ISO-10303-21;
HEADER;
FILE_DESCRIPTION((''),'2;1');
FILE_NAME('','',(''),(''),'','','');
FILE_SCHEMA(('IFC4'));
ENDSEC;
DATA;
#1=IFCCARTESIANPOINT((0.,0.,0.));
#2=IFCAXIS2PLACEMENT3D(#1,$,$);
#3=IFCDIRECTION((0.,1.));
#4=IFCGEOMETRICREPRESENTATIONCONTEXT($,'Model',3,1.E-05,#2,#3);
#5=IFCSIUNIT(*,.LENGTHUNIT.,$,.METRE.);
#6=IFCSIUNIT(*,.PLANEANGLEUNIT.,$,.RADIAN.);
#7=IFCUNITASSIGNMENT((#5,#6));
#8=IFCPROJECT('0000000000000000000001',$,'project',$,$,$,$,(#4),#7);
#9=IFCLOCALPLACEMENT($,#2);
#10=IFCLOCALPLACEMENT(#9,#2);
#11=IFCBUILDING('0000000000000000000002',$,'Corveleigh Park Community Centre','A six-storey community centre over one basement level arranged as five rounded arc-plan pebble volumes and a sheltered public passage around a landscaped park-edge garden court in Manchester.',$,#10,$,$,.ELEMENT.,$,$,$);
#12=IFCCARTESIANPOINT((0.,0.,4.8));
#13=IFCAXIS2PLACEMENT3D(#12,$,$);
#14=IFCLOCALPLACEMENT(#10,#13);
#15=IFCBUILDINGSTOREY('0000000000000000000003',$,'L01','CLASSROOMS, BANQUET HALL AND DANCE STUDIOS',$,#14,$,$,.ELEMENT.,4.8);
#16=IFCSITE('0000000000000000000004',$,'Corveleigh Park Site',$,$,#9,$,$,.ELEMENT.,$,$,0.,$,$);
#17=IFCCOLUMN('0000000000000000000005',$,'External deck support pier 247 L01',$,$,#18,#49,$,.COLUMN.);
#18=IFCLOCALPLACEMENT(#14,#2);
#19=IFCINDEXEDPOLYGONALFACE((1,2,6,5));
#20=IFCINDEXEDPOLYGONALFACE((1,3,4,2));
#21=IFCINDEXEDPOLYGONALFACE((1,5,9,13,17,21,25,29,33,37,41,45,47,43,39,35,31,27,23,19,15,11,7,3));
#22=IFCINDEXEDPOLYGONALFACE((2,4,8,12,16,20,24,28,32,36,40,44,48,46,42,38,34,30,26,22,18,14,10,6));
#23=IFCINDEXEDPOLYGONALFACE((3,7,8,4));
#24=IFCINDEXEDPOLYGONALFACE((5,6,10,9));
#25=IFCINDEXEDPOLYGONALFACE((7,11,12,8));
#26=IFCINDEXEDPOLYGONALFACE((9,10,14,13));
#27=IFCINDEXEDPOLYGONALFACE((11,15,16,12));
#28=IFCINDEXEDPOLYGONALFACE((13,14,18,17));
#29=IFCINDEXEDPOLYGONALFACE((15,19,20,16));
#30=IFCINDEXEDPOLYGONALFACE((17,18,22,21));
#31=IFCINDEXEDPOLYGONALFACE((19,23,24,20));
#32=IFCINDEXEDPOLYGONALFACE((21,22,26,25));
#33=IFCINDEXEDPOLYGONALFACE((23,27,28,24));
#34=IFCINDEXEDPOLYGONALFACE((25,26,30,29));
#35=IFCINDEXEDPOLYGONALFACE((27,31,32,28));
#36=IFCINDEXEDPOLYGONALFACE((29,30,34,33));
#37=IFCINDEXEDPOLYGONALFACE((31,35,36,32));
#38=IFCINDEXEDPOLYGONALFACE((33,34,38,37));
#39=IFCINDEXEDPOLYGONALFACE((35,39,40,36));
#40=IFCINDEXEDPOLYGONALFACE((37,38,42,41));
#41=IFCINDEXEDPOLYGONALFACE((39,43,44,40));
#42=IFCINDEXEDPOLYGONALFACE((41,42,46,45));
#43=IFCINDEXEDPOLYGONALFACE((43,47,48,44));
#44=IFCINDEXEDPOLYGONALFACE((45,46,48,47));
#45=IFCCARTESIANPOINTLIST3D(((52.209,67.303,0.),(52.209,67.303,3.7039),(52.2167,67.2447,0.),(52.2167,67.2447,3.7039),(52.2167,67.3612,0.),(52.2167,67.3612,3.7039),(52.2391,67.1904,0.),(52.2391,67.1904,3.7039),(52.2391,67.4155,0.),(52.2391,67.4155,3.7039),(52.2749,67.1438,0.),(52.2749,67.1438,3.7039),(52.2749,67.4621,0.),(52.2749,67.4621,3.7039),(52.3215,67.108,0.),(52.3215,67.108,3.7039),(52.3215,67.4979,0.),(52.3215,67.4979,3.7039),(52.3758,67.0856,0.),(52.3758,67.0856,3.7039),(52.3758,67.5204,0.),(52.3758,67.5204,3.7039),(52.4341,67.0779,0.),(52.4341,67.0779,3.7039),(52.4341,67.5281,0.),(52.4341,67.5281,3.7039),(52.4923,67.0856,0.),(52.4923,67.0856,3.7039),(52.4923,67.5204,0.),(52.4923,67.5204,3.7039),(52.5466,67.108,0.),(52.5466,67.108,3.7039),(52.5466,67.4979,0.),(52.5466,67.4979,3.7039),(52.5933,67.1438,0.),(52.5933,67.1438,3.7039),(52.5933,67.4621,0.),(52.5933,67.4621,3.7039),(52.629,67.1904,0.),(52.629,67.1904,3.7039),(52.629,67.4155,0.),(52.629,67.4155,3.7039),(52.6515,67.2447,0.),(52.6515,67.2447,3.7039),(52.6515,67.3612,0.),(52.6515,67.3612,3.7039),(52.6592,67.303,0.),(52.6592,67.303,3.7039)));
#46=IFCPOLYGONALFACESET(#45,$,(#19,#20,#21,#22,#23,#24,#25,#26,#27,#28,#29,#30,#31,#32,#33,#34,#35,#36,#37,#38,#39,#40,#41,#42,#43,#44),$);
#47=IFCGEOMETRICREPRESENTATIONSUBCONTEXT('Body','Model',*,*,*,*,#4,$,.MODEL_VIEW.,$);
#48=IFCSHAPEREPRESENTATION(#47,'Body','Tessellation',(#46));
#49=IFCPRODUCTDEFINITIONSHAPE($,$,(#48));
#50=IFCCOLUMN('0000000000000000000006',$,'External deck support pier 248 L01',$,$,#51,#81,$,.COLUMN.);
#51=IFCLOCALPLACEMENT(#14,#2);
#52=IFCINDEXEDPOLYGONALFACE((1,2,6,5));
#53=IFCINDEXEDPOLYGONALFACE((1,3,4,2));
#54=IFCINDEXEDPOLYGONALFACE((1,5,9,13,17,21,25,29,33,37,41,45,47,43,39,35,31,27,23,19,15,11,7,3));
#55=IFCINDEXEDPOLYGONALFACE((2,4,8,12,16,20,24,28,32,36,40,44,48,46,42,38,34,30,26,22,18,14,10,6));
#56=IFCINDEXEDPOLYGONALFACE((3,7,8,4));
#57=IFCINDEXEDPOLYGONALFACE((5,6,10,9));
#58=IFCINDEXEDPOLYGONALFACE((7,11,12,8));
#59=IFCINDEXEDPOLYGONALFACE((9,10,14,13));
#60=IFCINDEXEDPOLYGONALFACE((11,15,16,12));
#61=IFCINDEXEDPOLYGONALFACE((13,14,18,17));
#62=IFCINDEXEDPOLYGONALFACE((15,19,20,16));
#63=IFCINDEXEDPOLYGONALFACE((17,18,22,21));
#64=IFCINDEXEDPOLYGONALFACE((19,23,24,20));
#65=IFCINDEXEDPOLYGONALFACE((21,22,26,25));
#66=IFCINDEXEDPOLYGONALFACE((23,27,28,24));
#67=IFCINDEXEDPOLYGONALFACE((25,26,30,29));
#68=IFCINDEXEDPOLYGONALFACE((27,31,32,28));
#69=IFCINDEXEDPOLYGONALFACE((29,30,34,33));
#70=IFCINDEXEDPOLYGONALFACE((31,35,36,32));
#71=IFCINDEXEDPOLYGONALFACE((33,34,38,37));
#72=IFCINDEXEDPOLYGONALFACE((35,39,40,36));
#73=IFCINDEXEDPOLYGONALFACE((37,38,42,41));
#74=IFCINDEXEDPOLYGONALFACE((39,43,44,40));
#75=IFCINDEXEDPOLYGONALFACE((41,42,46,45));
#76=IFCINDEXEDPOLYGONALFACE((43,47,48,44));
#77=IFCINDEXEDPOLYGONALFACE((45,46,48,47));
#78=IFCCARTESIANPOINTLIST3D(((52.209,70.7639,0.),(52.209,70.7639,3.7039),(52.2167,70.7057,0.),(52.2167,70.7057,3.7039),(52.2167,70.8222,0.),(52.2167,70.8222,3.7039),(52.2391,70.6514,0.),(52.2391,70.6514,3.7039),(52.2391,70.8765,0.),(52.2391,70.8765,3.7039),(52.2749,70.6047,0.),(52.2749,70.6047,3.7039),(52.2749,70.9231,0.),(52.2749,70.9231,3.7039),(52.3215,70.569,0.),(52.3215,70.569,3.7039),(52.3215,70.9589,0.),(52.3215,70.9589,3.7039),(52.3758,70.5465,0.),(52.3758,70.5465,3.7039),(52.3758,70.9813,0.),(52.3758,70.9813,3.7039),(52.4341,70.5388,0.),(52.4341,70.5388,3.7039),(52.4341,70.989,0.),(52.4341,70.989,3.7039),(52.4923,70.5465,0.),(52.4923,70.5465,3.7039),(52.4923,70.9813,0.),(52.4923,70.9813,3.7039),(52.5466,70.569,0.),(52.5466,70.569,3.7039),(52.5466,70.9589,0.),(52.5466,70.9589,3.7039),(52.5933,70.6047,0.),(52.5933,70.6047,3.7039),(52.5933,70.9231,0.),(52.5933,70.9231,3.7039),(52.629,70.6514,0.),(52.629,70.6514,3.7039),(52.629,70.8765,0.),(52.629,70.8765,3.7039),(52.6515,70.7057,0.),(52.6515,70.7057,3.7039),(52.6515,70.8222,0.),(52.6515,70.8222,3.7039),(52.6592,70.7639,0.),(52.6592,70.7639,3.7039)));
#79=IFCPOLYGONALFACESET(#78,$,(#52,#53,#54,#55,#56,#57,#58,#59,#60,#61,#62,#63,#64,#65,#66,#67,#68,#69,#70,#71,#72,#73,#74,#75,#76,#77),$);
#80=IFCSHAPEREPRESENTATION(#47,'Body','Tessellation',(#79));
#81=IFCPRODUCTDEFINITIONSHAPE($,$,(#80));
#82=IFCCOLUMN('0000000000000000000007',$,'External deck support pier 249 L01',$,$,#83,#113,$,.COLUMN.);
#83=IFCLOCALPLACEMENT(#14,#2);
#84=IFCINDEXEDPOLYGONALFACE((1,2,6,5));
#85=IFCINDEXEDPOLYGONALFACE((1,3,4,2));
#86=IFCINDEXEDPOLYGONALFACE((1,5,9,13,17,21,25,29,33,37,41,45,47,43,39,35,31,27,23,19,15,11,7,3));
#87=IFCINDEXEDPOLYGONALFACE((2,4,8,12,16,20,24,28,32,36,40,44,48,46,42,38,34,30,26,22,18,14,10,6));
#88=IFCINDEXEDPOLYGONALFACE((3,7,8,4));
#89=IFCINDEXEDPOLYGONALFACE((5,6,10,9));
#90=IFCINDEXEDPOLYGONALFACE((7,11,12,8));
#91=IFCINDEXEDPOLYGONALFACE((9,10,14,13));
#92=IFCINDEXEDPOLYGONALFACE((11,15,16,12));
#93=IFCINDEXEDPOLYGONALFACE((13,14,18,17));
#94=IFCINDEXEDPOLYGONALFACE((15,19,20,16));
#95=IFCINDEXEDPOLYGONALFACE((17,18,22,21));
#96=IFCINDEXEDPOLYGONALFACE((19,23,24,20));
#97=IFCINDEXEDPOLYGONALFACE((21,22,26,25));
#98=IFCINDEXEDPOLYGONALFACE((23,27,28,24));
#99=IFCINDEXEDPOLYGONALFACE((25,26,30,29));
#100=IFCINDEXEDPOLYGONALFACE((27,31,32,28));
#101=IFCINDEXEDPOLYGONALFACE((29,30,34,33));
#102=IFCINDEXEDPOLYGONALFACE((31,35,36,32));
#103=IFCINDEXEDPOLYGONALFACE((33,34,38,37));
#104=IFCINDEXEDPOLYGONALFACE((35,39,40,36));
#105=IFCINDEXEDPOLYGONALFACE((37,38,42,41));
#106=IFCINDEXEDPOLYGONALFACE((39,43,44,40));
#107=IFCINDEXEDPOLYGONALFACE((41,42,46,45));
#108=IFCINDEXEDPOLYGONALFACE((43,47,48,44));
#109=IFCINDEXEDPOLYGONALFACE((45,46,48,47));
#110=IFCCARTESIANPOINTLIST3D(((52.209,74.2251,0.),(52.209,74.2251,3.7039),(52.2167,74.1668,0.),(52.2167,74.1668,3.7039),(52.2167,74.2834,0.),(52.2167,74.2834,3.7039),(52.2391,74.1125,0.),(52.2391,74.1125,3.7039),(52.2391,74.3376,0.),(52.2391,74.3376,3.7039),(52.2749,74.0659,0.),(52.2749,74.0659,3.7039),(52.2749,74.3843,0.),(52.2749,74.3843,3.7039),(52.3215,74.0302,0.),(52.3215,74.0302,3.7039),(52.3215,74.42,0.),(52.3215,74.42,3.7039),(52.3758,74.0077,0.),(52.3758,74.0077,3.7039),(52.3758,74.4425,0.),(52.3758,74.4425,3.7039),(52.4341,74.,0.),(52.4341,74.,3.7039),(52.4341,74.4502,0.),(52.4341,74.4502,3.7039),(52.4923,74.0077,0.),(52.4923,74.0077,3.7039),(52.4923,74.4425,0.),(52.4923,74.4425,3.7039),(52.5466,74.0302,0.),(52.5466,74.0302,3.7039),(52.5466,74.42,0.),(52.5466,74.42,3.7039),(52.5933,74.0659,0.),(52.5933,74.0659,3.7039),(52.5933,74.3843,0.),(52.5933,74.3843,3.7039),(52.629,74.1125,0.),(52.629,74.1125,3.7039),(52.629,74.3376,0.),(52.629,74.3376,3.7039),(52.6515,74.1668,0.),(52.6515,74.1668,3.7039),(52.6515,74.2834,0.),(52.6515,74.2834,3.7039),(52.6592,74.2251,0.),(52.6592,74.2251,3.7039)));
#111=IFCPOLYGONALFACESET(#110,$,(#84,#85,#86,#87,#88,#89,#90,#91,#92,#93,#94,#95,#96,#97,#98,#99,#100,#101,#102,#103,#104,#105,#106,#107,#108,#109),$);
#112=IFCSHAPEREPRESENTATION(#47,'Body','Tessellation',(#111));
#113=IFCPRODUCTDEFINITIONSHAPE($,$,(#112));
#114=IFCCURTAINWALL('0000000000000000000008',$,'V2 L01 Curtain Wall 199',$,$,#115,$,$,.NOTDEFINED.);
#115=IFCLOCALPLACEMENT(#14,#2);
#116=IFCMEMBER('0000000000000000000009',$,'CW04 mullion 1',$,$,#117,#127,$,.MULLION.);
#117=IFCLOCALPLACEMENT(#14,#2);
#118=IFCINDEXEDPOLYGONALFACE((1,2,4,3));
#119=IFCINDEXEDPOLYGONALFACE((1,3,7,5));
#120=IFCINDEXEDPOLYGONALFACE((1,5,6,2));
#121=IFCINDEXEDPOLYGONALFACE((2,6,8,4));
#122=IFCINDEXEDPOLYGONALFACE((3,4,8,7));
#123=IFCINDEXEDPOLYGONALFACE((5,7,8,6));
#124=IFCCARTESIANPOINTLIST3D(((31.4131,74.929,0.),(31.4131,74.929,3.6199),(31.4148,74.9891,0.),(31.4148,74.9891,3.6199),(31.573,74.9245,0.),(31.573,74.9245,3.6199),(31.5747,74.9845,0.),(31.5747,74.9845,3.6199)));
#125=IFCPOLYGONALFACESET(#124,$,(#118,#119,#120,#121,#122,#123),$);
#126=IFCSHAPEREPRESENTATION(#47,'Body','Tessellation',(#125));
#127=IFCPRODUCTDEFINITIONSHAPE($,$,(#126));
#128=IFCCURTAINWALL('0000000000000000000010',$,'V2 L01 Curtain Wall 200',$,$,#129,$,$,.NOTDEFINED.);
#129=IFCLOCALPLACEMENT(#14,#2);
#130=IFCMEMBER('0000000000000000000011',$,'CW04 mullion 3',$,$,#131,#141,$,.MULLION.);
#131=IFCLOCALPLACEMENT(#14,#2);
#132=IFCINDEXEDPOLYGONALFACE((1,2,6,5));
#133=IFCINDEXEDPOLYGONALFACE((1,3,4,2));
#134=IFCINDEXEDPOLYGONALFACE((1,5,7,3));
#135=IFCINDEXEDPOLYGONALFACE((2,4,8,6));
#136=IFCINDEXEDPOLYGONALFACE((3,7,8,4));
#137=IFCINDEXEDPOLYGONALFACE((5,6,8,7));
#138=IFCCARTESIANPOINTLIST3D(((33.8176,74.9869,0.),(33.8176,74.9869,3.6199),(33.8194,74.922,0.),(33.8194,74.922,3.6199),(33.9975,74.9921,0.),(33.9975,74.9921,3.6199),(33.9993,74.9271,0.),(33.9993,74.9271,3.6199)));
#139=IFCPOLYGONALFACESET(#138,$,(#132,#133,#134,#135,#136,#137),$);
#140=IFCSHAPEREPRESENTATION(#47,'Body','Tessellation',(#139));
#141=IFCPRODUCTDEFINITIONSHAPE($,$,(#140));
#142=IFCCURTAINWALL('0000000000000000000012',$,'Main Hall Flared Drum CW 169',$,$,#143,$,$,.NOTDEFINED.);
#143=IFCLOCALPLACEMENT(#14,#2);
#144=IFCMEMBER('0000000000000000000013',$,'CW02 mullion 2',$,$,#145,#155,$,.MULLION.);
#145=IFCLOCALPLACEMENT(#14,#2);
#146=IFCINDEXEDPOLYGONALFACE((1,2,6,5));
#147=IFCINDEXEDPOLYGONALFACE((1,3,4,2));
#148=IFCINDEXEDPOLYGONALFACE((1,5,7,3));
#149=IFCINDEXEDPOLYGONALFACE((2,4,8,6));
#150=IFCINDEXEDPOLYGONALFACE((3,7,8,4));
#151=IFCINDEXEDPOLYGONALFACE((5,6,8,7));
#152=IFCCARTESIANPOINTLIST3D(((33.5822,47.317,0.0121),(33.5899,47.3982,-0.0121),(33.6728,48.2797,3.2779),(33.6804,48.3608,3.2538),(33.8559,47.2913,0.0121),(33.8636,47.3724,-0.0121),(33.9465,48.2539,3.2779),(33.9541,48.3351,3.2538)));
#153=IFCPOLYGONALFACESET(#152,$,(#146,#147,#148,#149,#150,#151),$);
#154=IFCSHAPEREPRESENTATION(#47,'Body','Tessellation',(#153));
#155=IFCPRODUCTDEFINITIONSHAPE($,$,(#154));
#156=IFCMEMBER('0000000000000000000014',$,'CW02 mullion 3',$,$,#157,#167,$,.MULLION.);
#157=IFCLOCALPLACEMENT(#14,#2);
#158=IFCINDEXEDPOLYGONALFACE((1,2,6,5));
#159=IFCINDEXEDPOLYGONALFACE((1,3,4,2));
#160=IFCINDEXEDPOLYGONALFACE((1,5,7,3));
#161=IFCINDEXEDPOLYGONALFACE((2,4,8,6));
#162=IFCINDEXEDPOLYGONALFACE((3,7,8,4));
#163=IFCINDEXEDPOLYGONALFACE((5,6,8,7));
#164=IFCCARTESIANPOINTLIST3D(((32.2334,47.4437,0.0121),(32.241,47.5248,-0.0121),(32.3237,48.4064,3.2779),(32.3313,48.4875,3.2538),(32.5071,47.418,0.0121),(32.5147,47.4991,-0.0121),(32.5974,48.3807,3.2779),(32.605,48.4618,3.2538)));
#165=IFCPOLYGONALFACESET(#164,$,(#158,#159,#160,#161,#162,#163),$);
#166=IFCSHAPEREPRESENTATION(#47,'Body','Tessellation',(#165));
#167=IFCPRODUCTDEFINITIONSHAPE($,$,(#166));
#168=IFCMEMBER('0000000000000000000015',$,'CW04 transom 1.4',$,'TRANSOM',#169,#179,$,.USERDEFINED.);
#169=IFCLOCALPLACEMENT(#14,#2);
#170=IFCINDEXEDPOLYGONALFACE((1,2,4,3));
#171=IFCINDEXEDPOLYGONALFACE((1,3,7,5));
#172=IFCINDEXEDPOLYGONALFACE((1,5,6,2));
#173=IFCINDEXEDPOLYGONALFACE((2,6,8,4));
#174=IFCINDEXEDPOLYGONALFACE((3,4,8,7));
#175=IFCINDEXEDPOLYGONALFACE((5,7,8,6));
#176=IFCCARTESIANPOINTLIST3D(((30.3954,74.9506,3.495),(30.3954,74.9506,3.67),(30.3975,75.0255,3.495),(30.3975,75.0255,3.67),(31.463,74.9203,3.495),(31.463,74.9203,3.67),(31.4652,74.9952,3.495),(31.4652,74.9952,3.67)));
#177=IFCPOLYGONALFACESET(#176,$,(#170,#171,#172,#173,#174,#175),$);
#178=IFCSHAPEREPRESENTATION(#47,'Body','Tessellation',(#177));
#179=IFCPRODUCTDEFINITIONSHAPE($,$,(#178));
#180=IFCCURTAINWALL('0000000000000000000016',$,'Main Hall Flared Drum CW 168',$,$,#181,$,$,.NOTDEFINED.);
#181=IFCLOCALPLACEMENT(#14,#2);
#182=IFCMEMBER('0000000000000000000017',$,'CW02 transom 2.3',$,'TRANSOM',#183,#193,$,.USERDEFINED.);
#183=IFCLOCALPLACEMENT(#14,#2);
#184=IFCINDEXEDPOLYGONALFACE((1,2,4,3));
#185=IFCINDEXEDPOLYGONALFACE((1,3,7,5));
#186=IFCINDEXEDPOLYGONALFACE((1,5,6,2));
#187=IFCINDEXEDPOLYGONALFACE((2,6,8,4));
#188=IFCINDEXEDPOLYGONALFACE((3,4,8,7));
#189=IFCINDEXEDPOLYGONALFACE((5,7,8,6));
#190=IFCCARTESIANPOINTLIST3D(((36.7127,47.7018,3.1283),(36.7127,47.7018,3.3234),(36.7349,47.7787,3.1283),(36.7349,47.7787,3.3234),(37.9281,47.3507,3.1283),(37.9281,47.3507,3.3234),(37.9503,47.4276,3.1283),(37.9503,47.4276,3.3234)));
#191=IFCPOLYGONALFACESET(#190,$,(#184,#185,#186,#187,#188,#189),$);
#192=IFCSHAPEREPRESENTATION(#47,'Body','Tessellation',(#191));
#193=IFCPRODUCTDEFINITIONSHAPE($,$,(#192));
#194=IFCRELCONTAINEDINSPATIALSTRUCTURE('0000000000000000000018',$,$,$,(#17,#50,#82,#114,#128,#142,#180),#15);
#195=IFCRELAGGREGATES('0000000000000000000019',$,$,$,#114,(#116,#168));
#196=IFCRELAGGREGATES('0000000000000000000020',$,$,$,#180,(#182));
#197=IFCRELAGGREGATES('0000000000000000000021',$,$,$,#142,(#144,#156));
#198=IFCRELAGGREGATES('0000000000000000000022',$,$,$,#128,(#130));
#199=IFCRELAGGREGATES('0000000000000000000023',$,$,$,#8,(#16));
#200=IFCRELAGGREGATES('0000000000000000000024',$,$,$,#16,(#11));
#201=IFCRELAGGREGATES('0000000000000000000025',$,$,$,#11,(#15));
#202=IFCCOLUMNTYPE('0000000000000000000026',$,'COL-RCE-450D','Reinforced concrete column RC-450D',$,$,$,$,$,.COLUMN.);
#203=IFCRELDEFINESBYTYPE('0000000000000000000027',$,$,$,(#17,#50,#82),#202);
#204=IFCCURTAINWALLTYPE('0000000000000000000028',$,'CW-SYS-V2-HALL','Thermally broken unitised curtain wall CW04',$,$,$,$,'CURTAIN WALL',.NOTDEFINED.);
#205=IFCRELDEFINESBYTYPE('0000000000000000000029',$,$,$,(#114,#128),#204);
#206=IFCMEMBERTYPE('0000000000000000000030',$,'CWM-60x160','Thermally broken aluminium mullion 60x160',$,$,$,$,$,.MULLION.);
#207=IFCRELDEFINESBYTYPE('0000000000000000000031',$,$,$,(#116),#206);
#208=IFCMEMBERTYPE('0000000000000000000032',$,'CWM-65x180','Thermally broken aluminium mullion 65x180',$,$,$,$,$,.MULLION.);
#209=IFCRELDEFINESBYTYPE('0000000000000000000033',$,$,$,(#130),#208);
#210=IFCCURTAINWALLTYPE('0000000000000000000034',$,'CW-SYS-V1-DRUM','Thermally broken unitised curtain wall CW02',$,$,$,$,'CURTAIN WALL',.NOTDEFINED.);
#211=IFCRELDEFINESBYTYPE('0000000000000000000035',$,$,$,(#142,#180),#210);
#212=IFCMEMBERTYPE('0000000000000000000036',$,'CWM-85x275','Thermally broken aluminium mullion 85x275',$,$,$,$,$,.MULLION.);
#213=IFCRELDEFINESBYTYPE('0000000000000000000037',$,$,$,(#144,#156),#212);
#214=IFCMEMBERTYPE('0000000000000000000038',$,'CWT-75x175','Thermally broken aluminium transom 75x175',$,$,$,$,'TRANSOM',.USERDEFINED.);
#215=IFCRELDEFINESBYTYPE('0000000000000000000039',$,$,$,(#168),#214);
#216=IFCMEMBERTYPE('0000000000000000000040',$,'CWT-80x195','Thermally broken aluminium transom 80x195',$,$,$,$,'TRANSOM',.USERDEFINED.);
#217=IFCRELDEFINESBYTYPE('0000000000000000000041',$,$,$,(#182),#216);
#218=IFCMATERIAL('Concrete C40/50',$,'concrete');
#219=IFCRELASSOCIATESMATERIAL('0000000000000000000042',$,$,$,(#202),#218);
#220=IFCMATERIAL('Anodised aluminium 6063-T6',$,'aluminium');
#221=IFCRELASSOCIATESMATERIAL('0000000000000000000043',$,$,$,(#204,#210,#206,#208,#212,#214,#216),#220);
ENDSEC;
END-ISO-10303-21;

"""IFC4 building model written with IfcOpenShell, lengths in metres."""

from ifc_helpers import new_model, si_unit, direction, frame, origin, origin_2d, place, context, subcontext, project, spatial, rectangle, circle, extrude, material, material_profile, profile_set, type_object, element, aggregate, save


model = new_model("IFC4")

# Units and contexts
model_context = context("Model", 3, precision=1e-05, world=origin(), true_north=direction((0.0, 1.0)))
body_context = subcontext(model_context, "Body", "Model", "MODEL_VIEW")
ifc_project = project(units=[si_unit("LENGTHUNIT", "METRE"), si_unit("PLANEANGLEUNIT", "RADIAN")], contexts=[model_context])

# Site, building, storey
site_placement = place(None, origin())
site = spatial("IfcSite", under=ifc_project, at=site_placement, Name="Corveleigh Park Site", CompositionType="ELEMENT", RefElevation=0.0)
building_placement = place(site_placement, origin())
building = spatial("IfcBuilding", under=site, at=building_placement, Name="Corveleigh Park Community Centre", Description="A six-storey community centre over one basement level arranged as five rounded arc-plan pebble volumes and a sheltered public passage around a landscaped park-edge garden court in Manchester.", CompositionType="ELEMENT")
storey_placement = place(building_placement, frame((0.0, 0.0, 4.8)))
storey = spatial("IfcBuildingStorey", under=building, at=storey_placement, Name="L01", Description="CLASSROOMS, BANQUET HALL AND DANCE STUDIOS", CompositionType="ELEMENT", Elevation=4.8)

# Columns
ifc_material_1 = material(Name="Concrete C40/50", Category="concrete")
ifc_material_profile_1 = material_profile(ifc_material_1, circle(Radius=0.2251, at=origin_2d()), Name="RC-450D", Category="concrete")
ifc_profile_set_1 = profile_set([ifc_material_profile_1], Name="Concrete C40/50")
column_type = type_object("IfcColumnType", Name="COL-RCE-450D", Description="Reinforced concrete column RC-450D", PredefinedType="COLUMN", material=ifc_profile_set_1)
for number, where, z_axis, x_axis, name in (
    (1, (52.4341, 67.303, 0.0), (0.0, 0.0, 1.0), (1.0, 0.0, 0.0), "External deck support pier 247 L01"),
    (2, (52.4341, 70.7639, 0.0), (0.0, 0.0, 1.0), (1.0, 0.0, 0.0), "External deck support pier 248 L01"),
    (3, (52.4341, 74.2251, 0.0), (0.0, 0.0, 1.0), (1.0, 0.0, 0.0), "External deck support pier 249 L01"),
):
    element("IfcColumn", number, at=place(storey_placement, frame(where, z_axis=z_axis, x_axis=x_axis)), inside=storey, type_object=column_type, Name=name, PredefinedType="COLUMN", context=body_context, shape_type="SweptSolid", body=[
        extrude(circle(Radius=0.2251, at=origin_2d()), origin(), (0.0, 0.0, 1.0), 3.7039),
    ])

# Curtain walls, members
ifc_material_2 = material(Name="Anodised aluminium 6063-T6", Category="aluminium")
curtain_wall_type_1 = type_object("IfcCurtainWallType", Name="CW-SYS-V2-HALL", Description="Thermally broken unitised curtain wall CW04", ElementType="CURTAIN WALL", PredefinedType="NOTDEFINED", material=ifc_material_2)
curtain_wall_1_placement = place(storey_placement, origin())
curtain_wall_1 = element("IfcCurtainWall", 4, at=curtain_wall_1_placement, inside=storey, type_object=curtain_wall_type_1, Name="V2 L01 Curtain Wall 199", PredefinedType="NOTDEFINED")
ifc_material_profile_2 = material_profile(ifc_material_2, rectangle(XDim=0.0601, YDim=0.1599, at=origin_2d()), Name="ALU-M60x160", Category="aluminium")
ifc_profile_set_2 = profile_set([ifc_material_profile_2], Name="Anodised aluminium 6063-T6")
member_type_1 = type_object("IfcMemberType", Name="CWM-60x160", Description="Thermally broken aluminium mullion 60x160", PredefinedType="MULLION", material=ifc_profile_set_2)
member_1_placement = place(storey_placement, frame((31.4939, 74.9568, 0.0), z_axis=(0.0, 0.0, 1.0), x_axis=(-0.028498, -0.999594, 0.0)))
member_1 = element("IfcMember", 5, at=member_1_placement, type_object=member_type_1, Name="CW04 mullion 1", PredefinedType="MULLION", context=body_context, shape_type="SweptSolid", body=[
    extrude(rectangle(XDim=0.0601, YDim=0.1599, at=origin_2d()), origin(), (0.0, 0.0, 1.0), 3.6199),
])
curtain_wall_2_placement = place(storey_placement, origin())
curtain_wall_2 = element("IfcCurtainWall", 6, at=curtain_wall_2_placement, inside=storey, type_object=curtain_wall_type_1, Name="V2 L01 Curtain Wall 200", PredefinedType="NOTDEFINED")
ifc_material_profile_3 = material_profile(ifc_material_2, rectangle(XDim=0.0649, YDim=0.1799, at=origin_2d()), Name="ALU-M65x180", Category="aluminium")
ifc_profile_set_3 = profile_set([ifc_material_profile_3], Name="Anodised aluminium 6063-T6")
member_type_2 = type_object("IfcMemberType", Name="CWM-65x180", Description="Thermally broken aluminium mullion 65x180", PredefinedType="MULLION", material=ifc_profile_set_3)
member_2_placement = place(storey_placement, frame((33.9084, 74.957, 0.0), z_axis=(0.0, 0.0, 1.0), x_axis=(0.028498, -0.999594, 0.0)))
member_2 = element("IfcMember", 7, at=member_2_placement, type_object=member_type_2, Name="CW04 mullion 3", PredefinedType="MULLION", context=body_context, shape_type="SweptSolid", body=[
    extrude(rectangle(XDim=0.0649, YDim=0.1799, at=origin_2d()), origin(), (0.0, 0.0, 1.0), 3.6199),
])

# Curtain wall, members
curtain_wall_type_2 = type_object("IfcCurtainWallType", Name="CW-SYS-V1-DRUM", Description="Thermally broken unitised curtain wall CW02", ElementType="CURTAIN WALL", PredefinedType="NOTDEFINED", material=ifc_material_2)
curtain_wall_3_placement = place(storey_placement, origin())
curtain_wall_3 = element("IfcCurtainWall", 8, at=curtain_wall_3_placement, inside=storey, type_object=curtain_wall_type_2, Name="Main Hall Flared Drum CW 169", PredefinedType="NOTDEFINED")
ifc_material_profile_4 = material_profile(ifc_material_2, rectangle(XDim=0.085, YDim=0.2749, at=origin_2d()), Name="ALU-M85x275", Category="aluminium")
ifc_profile_set_4 = profile_set([ifc_material_profile_4], Name="Anodised aluminium 6063-T6")
member_type_3 = type_object("IfcMemberType", Name="CWM-85x275", Description="Thermally broken aluminium mullion 85x275", PredefinedType="MULLION", material=ifc_profile_set_4)
member_3_placement = place(storey_placement, frame((33.7229, 47.3447, 0.0), z_axis=(0.026593, 0.282633, 0.958859), x_axis=(-0.089823, -0.954643, 0.283881)))
member_3 = element("IfcMember", 9, at=member_3_placement, type_object=member_type_3, Name="CW02 mullion 2", PredefinedType="MULLION", context=body_context, shape_type="SweptSolid", body=[
    extrude(rectangle(XDim=0.085, YDim=0.2749, at=origin_2d()), origin(), (0.0, 0.0, 1.0), 3.406),
])
member_4_placement = place(storey_placement, frame((32.374, 47.4714, 0.0), z_axis=(0.026522, 0.282634, 0.958861), x_axis=(-0.089583, -0.954667, 0.283875)))
member_4 = element("IfcMember", 10, at=member_4_placement, type_object=member_type_3, Name="CW02 mullion 3", PredefinedType="MULLION", context=body_context, shape_type="SweptSolid", body=[
    extrude(rectangle(XDim=0.085, YDim=0.2749, at=origin_2d()), origin(), (0.0, 0.0, 1.0), 3.406),
])

# Member
ifc_material_profile_5 = material_profile(ifc_material_2, rectangle(XDim=0.075, YDim=0.175, at=origin_2d()), Name="ALU-T75x175", Category="aluminium")
ifc_profile_set_5 = profile_set([ifc_material_profile_5], Name="Anodised aluminium 6063-T6")
member_type_4 = type_object("IfcMemberType", Name="CWT-75x175", Description="Thermally broken aluminium transom 75x175", ElementType="TRANSOM", PredefinedType="USERDEFINED", material=ifc_profile_set_5)
member_5_placement = place(storey_placement, frame((31.4641, 74.9578, 3.5825), z_axis=(-0.999598, 0.028344, 0.0), x_axis=(-0.028344, -0.999598, 0.0)))
member_5 = element("IfcMember", 11, at=member_5_placement, type_object=member_type_4, Name="CW04 transom 1.4", ObjectType="TRANSOM", PredefinedType="USERDEFINED", context=body_context, shape_type="SweptSolid", body=[
    extrude(rectangle(XDim=0.075, YDim=0.175, at=origin_2d()), origin(), (0.0, 0.0, 1.0), 1.0681),
])
aggregate(curtain_wall_1, [member_1, member_5])

# Curtain wall, member
curtain_wall_4_placement = place(storey_placement, origin())
curtain_wall_4 = element("IfcCurtainWall", 12, at=curtain_wall_4_placement, inside=storey, type_object=curtain_wall_type_2, Name="Main Hall Flared Drum CW 168", PredefinedType="NOTDEFINED")
ifc_material_profile_6 = material_profile(ifc_material_2, rectangle(XDim=0.0801, YDim=0.1951, at=origin_2d()), Name="ALU-T80x195", Category="aluminium")
ifc_profile_set_6 = profile_set([ifc_material_profile_6], Name="Anodised aluminium 6063-T6")
member_type_5 = type_object("IfcMemberType", Name="CWT-80x195", Description="Thermally broken aluminium transom 80x195", ElementType="TRANSOM", PredefinedType="USERDEFINED", material=ifc_profile_set_6)
member_6_placement = place(storey_placement, frame((37.9392, 47.3892, 3.2258), z_axis=(-0.960719, 0.277524, 0.0), x_axis=(-0.277524, -0.960719, 0.0)))
member_6 = element("IfcMember", 13, at=member_6_placement, type_object=member_type_5, Name="CW02 transom 2.3", ObjectType="TRANSOM", PredefinedType="USERDEFINED", context=body_context, shape_type="SweptSolid", body=[
    extrude(rectangle(XDim=0.0801, YDim=0.1951, at=origin_2d()), origin(), (0.0, 0.0, 1.0), 1.2651),
])

aggregate(curtain_wall_4, [member_6])
aggregate(curtain_wall_3, [member_3, member_4])
aggregate(curtain_wall_2, [member_2])

save(model, "model.ifc")
